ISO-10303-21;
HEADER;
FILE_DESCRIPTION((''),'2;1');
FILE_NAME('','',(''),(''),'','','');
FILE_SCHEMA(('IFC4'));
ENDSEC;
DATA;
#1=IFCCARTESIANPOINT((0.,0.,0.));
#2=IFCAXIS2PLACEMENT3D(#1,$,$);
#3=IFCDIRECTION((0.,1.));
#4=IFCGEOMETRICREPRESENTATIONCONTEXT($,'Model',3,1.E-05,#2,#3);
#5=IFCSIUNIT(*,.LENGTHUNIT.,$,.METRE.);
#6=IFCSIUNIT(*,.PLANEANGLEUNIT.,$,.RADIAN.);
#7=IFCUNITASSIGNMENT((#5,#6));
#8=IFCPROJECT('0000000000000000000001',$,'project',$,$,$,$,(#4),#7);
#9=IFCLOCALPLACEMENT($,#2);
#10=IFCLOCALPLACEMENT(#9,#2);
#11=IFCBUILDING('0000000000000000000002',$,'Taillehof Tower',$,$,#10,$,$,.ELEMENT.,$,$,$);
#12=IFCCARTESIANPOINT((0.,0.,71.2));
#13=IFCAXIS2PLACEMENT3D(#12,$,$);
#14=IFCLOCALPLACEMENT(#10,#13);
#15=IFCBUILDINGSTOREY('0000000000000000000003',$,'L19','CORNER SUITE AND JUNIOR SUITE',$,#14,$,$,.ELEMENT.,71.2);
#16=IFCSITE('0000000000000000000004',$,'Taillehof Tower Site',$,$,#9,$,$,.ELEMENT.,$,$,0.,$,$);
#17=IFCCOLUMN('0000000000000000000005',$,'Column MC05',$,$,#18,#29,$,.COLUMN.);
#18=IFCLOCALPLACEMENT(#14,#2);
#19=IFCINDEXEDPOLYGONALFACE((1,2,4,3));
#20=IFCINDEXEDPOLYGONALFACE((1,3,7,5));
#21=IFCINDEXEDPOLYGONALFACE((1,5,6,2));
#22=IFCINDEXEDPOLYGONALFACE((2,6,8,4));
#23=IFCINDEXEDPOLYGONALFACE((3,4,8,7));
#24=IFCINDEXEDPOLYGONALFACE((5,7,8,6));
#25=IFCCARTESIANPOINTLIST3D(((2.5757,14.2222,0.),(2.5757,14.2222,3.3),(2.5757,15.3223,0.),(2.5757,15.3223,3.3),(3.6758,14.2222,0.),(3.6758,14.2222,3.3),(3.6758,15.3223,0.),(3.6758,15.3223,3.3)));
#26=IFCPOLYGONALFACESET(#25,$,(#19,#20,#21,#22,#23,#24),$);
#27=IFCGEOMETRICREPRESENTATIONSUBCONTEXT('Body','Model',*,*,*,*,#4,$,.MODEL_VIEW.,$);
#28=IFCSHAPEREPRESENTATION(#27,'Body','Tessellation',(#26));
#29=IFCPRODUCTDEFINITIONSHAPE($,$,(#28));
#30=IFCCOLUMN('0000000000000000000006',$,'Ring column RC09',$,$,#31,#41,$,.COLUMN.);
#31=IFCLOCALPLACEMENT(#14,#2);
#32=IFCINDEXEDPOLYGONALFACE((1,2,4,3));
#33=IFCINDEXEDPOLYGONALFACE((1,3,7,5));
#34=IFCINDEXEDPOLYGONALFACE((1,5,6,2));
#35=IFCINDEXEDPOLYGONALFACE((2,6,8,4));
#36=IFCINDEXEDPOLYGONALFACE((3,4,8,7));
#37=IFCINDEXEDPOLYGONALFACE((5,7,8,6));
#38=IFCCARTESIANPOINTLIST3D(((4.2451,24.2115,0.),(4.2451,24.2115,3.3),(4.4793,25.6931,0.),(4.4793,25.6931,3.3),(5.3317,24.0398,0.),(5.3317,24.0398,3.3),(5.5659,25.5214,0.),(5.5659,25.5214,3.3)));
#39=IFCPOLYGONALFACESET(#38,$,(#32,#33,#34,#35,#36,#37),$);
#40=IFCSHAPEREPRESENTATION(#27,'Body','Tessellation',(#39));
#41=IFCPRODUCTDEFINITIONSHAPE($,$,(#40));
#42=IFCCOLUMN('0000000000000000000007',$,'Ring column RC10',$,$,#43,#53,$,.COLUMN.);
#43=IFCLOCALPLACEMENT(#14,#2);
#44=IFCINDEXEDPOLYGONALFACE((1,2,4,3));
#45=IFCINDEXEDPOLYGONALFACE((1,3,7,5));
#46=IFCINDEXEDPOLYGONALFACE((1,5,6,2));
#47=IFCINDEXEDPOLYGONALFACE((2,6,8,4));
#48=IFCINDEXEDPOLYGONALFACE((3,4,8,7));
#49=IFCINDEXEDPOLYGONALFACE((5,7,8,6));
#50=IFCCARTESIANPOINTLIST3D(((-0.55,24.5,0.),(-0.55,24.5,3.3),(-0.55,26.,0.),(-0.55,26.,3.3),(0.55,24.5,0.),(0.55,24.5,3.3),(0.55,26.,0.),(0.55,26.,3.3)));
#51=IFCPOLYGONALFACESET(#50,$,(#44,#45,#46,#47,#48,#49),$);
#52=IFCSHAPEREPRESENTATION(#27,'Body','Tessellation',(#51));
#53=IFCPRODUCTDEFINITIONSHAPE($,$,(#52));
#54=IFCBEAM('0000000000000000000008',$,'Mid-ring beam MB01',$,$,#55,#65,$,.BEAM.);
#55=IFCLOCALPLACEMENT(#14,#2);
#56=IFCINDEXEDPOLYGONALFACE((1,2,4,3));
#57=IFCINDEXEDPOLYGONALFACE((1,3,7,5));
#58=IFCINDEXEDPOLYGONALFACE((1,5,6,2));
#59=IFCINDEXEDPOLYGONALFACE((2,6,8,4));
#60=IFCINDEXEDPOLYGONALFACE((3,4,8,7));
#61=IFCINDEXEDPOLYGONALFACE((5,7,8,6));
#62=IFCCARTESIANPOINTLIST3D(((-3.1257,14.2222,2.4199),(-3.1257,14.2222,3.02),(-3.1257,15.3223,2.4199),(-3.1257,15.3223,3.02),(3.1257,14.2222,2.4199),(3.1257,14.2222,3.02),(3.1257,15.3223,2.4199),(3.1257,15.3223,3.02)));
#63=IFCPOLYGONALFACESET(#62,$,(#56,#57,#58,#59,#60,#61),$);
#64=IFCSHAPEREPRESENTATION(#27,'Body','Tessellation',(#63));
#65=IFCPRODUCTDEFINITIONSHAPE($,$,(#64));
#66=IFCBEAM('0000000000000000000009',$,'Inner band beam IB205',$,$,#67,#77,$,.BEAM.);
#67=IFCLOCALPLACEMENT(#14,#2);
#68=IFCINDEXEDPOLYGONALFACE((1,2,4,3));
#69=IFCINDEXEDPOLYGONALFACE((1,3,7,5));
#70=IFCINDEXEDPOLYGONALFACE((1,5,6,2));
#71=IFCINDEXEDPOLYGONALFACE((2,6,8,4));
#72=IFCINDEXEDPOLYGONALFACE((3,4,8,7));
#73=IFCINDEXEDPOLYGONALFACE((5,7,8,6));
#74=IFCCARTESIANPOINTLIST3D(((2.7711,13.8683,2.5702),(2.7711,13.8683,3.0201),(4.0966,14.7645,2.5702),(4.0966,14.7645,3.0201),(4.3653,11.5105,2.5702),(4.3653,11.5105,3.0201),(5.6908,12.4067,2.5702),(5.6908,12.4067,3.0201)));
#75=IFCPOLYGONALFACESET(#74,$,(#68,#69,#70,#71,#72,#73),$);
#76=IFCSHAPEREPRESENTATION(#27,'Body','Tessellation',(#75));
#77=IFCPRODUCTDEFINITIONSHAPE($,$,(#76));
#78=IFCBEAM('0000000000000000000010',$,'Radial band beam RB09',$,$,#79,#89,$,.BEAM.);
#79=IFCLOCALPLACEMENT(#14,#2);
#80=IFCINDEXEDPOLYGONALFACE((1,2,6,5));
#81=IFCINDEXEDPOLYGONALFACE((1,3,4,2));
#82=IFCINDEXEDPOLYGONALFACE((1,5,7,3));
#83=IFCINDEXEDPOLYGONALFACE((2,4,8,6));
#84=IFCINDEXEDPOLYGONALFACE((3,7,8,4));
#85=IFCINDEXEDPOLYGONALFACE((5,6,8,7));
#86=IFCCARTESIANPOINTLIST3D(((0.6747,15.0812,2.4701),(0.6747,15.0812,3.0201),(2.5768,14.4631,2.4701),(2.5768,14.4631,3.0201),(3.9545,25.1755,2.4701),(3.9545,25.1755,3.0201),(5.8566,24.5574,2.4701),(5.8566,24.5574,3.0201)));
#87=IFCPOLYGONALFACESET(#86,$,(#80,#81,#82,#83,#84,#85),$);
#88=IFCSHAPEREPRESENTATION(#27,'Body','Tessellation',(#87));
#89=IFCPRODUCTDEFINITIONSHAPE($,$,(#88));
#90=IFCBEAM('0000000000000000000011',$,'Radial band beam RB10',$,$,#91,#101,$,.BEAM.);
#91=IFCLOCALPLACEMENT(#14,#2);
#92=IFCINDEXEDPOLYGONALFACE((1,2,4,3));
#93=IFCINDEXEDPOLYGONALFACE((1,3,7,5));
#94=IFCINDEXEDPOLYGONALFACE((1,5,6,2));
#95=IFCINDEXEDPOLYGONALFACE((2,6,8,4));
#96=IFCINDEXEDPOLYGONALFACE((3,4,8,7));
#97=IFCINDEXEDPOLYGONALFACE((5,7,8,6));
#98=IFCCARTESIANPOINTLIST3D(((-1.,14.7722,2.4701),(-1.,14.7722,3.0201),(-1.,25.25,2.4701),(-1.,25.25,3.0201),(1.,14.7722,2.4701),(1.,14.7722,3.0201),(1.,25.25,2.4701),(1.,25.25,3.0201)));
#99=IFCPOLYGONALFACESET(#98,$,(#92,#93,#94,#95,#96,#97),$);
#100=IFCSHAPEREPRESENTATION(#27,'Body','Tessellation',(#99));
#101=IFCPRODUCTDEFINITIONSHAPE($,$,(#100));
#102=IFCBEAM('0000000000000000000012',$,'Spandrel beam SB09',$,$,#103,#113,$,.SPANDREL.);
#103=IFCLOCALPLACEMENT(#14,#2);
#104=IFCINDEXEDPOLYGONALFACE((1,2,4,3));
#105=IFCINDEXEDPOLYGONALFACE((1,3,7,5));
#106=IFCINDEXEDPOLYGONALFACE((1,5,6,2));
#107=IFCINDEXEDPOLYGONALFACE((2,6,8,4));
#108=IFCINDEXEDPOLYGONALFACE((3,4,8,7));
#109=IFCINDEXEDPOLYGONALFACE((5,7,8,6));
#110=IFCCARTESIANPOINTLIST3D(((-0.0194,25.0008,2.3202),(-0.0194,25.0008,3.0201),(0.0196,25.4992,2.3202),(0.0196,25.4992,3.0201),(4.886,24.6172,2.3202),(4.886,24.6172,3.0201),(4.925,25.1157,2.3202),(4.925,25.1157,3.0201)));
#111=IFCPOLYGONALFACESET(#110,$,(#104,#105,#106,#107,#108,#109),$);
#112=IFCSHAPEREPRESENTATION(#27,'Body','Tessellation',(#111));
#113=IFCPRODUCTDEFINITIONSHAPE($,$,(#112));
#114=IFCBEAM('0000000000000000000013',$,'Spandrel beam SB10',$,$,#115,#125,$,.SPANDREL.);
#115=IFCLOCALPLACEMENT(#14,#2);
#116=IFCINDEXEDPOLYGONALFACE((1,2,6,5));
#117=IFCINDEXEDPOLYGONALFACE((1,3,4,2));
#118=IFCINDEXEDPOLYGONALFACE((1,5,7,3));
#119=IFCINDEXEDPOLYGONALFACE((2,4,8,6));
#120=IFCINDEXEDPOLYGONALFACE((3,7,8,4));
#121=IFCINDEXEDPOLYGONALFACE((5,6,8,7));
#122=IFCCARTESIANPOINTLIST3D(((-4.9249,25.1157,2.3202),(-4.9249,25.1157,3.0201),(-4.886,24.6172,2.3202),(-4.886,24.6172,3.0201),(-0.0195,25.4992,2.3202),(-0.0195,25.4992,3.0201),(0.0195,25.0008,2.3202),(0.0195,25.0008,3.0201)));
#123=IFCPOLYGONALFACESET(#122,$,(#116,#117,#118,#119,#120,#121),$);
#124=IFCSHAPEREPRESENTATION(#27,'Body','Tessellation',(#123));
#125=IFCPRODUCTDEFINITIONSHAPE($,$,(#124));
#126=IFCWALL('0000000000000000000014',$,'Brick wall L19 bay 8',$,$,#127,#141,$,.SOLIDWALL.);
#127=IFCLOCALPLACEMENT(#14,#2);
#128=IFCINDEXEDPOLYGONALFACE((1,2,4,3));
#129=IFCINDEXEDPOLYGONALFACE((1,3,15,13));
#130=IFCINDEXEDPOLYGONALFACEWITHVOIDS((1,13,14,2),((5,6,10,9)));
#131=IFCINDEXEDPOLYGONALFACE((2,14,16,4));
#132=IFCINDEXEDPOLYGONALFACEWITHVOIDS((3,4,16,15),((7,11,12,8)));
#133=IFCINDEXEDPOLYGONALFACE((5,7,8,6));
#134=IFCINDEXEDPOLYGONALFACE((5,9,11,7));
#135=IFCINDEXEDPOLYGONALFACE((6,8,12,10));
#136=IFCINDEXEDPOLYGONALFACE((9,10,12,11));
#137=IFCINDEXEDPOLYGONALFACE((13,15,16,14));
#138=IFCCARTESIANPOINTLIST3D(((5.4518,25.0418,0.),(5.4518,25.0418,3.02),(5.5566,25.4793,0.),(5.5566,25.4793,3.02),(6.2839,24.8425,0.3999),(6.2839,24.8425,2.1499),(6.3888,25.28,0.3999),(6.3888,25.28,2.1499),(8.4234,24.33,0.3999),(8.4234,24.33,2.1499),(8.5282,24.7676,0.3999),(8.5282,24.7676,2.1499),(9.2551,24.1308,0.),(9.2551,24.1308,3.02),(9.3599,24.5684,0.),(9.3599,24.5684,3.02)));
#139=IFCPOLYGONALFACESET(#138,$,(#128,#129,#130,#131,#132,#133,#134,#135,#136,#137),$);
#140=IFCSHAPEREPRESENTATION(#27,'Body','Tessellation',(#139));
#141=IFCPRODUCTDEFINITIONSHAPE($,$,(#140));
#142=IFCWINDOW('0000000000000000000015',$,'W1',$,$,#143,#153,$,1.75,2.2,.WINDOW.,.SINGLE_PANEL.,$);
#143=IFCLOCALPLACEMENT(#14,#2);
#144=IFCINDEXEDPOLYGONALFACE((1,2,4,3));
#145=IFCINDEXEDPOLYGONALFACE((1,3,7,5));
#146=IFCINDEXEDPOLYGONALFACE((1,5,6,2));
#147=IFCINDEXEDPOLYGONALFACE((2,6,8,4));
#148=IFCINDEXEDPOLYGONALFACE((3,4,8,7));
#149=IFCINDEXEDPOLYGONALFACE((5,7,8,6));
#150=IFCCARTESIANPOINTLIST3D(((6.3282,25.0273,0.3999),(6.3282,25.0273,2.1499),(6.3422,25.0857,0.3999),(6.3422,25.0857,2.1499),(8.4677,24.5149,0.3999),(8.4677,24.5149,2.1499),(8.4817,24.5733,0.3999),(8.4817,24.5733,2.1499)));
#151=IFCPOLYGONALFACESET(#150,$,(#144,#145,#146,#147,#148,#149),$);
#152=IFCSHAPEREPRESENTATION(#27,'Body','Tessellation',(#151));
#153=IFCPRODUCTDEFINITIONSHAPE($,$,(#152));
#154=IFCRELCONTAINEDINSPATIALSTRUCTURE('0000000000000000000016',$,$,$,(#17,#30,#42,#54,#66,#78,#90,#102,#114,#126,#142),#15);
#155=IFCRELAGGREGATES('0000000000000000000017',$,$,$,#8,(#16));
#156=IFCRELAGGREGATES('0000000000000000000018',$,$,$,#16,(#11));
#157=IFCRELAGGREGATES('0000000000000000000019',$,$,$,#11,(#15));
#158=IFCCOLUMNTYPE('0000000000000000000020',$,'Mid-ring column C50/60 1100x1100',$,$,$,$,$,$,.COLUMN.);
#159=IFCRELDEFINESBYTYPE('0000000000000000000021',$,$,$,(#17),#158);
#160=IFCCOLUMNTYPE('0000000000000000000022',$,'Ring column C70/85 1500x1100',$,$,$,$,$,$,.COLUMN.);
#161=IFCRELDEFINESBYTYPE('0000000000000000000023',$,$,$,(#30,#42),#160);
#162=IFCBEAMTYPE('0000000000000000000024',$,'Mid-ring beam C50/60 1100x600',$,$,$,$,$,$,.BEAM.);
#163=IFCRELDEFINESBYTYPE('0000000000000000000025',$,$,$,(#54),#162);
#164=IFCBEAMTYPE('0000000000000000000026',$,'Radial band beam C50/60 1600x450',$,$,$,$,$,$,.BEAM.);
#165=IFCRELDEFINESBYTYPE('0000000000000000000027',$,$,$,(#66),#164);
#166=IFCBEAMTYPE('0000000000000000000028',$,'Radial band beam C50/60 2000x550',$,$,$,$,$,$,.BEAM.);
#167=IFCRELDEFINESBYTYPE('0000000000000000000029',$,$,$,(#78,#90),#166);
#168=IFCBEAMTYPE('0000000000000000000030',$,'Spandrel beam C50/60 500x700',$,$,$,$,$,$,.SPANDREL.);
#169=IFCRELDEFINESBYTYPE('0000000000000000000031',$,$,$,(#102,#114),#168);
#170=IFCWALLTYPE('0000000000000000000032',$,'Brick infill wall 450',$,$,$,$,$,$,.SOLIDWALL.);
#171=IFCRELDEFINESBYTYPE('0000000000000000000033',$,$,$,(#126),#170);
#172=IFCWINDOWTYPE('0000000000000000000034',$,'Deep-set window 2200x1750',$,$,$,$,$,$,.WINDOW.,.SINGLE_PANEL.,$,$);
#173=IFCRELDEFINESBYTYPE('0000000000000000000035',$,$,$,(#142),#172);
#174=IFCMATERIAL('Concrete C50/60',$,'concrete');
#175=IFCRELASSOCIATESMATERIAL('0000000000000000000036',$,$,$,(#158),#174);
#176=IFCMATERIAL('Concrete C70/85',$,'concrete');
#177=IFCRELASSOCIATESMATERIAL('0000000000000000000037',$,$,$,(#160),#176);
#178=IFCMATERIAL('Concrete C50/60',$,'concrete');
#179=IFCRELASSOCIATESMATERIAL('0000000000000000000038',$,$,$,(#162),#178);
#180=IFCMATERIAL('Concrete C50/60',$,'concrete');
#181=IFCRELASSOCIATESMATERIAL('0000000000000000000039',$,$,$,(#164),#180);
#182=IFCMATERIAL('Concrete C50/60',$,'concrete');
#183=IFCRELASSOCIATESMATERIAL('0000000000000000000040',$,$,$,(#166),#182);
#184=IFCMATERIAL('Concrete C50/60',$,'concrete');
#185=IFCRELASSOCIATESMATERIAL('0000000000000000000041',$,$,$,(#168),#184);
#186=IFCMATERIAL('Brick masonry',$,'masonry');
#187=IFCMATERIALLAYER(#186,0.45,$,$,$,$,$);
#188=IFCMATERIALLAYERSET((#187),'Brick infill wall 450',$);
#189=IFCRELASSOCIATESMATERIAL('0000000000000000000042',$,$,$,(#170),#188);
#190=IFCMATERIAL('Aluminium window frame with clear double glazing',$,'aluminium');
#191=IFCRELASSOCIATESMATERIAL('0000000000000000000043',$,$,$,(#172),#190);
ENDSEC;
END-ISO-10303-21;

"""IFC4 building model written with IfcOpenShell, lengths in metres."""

from ifc_helpers import new_model, si_unit, direction, frame, frame_2d, origin, origin_2d, place, context, subcontext, project, spatial, rectangle, extrude, material, layer, layer_set, material_profile, profile_set, type_object, element, fill, save


model = new_model("IFC4")

# Units and contexts
model_context = context("Model", 3, precision=1e-05, world=origin(), true_north=direction((0.0, 1.0)))
body_context = subcontext(model_context, "Body", "Model", "MODEL_VIEW")
ifc_project = project(units=[si_unit("LENGTHUNIT", "METRE"), si_unit("PLANEANGLEUNIT", "RADIAN")], contexts=[model_context])

# Site, building, storey
site_placement = place(None, origin())
site = spatial("IfcSite", under=ifc_project, at=site_placement, Name="Taillehof Tower Site", CompositionType="ELEMENT", RefElevation=0.0)
building_placement = place(site_placement, origin())
building = spatial("IfcBuilding", under=site, at=building_placement, Name="Taillehof Tower", CompositionType="ELEMENT")
storey_placement = place(building_placement, frame((0.0, 0.0, 71.2)))
storey = spatial("IfcBuildingStorey", under=building, at=storey_placement, Name="L19", Description="CORNER SUITE AND JUNIOR SUITE", CompositionType="ELEMENT", Elevation=71.2)

# Columns
ifc_material_1 = material(Name="Concrete C50/60", Category="concrete")
ifc_material_profile_1 = material_profile(ifc_material_1, rectangle(XDim=1.1001, YDim=1.1001, at=origin_2d()), Name="RC 1100x1100")
ifc_profile_set_1 = profile_set([ifc_material_profile_1], Name="Concrete C50/60")
column_type_1 = type_object("IfcColumnType", Name="Mid-ring column C50/60 1100x1100", PredefinedType="COLUMN", material=ifc_profile_set_1)
column_placement = place(storey_placement, frame((3.1257, 14.7722, 0.0), z_axis=(0.0, 0.0, 1.0), x_axis=(1.0, 0.0, 0.0)))
element("IfcColumn", 1, at=column_placement, inside=storey, type_object=column_type_1, Name="Column MC05", PredefinedType="COLUMN", context=body_context, shape_type="SweptSolid", body=[
    extrude(rectangle(XDim=1.1001, YDim=1.1001, at=origin_2d()), origin(), (0.0, 0.0, 1.0), 3.3),
])
ifc_material_2 = material(Name="Concrete C70/85", Category="concrete")
ifc_material_profile_2 = material_profile(ifc_material_2, rectangle(XDim=1.5, YDim=1.1001, at=origin_2d()), Name="RC 1500x1100")
ifc_profile_set_2 = profile_set([ifc_material_profile_2], Name="Concrete C70/85")
column_type_2 = type_object("IfcColumnType", Name="Ring column C70/85 1500x1100", PredefinedType="COLUMN", material=ifc_profile_set_2)
for number, where, z_axis, x_axis, name in (
    (2, (4.9055, 24.8665, 0.0), (0.0, 0.0, 1.0), (0.156147, 0.987734, 0.0), "Ring column RC09"),
    (3, (0.0, 25.25, 0.0), (0.0, 0.0, 1.0), (0.0, 1.0, 0.0), "Ring column RC10"),
):
    element("IfcColumn", number, at=place(storey_placement, frame(where, z_axis=z_axis, x_axis=x_axis)), inside=storey, type_object=column_type_2, Name=name, PredefinedType="COLUMN", context=body_context, shape_type="SweptSolid", body=[
        extrude(rectangle(XDim=1.5, YDim=1.1001, at=origin_2d()), origin(), (0.0, 0.0, 1.0), 3.3),
    ])

# Beams
ifc_material_3 = material(Name="Concrete C50/60", Category="concrete")
ifc_material_profile_3 = material_profile(ifc_material_3, rectangle(XDim=1.1001, YDim=0.6001, at=origin_2d()), Name="RC 1100x600")
ifc_profile_set_3 = profile_set([ifc_material_profile_3], Name="Concrete C50/60")
beam_type_1 = type_object("IfcBeamType", Name="Mid-ring beam C50/60 1100x600", PredefinedType="BEAM", material=ifc_profile_set_3)
beam_1_placement = place(storey_placement, frame((3.1257, 14.7722, 2.72), z_axis=(-1.0, 0.0, 0.0), x_axis=(0.0, -1.0, 0.0)))
element("IfcBeam", 4, at=beam_1_placement, inside=storey, type_object=beam_type_1, Name="Mid-ring beam MB01", PredefinedType="BEAM", context=body_context, shape_type="SweptSolid", body=[
    extrude(rectangle(XDim=1.1001, YDim=0.6001, at=origin_2d()), origin(), (0.0, 0.0, 1.0), 6.2515),
])
ifc_material_4 = material(Name="Concrete C50/60", Category="concrete")
ifc_material_profile_4 = material_profile(ifc_material_4, rectangle(XDim=1.6001, YDim=0.45, at=origin_2d()), Name="RC 1600x450")
ifc_profile_set_4 = profile_set([ifc_material_profile_4], Name="Concrete C50/60")
beam_type_2 = type_object("IfcBeamType", Name="Radial band beam C50/60 1600x450", PredefinedType="BEAM", material=ifc_profile_set_4)
beam_2_placement = place(storey_placement, frame((3.4338, 14.3164, 2.7952), z_axis=(0.560112, -0.828417, 0.0), x_axis=(0.828417, 0.560112, 0.0)))
element("IfcBeam", 5, at=beam_2_placement, inside=storey, type_object=beam_type_2, Name="Inner band beam IB205", PredefinedType="BEAM", context=body_context, shape_type="SweptSolid", body=[
    extrude(rectangle(XDim=1.6001, YDim=0.45, at=origin_2d()), origin(), (0.0, 0.0, 1.0), 2.8462),
])
ifc_material_5 = material(Name="Concrete C50/60", Category="concrete")
ifc_material_profile_5 = material_profile(ifc_material_5, rectangle(XDim=2.0, YDim=0.55, at=origin_2d()), Name="RC 2000x550")
ifc_profile_set_5 = profile_set([ifc_material_profile_5], Name="Concrete C50/60")
beam_type_3 = type_object("IfcBeamType", Name="Radial band beam C50/60 2000x550", PredefinedType="BEAM", material=ifc_profile_set_5)
beam_3_placement = place(storey_placement, frame((4.9055, 24.8665, 2.7451), z_axis=(-0.309014, -0.951057, 0.0), x_axis=(0.951057, -0.309014, 0.0)))
element("IfcBeam", 6, at=beam_3_placement, inside=storey, type_object=beam_type_3, Name="Radial band beam RB09", PredefinedType="BEAM", context=body_context, shape_type="SweptSolid", body=[
    extrude(rectangle(XDim=2.0, YDim=0.55, at=origin_2d()), origin(), (0.0, 0.0, 1.0), 10.6138),
])
beam_4_placement = place(storey_placement, frame((0.0, 25.25, 2.7451), z_axis=(0.0, -1.0, 0.0), x_axis=(1.0, 0.0, 0.0)))
element("IfcBeam", 7, at=beam_4_placement, inside=storey, type_object=beam_type_3, Name="Radial band beam RB10", PredefinedType="BEAM", context=body_context, shape_type="SweptSolid", body=[
    extrude(rectangle(XDim=2.0, YDim=0.55, at=origin_2d()), origin(), (0.0, 0.0, 1.0), 10.4778),
])
ifc_material_6 = material(Name="Concrete C50/60", Category="concrete")
ifc_material_profile_6 = material_profile(ifc_material_6, rectangle(XDim=0.5, YDim=0.7, at=origin_2d()), Name="RC 500x700")
ifc_profile_set_6 = profile_set([ifc_material_profile_6], Name="Concrete C50/60")
beam_type_4 = type_object("IfcBeamType", Name="Spandrel beam C50/60 500x700", PredefinedType="SPANDREL", material=ifc_profile_set_6)
for number, where, z_axis, x_axis, name in (
    (8, (4.9055, 24.8665, 2.6702), (-0.996957, 0.077949, 0.0), (-0.077949, -0.996957, 0.0), "Spandrel beam SB09"),
    (9, (0.0, 25.25, 2.6702), (-0.996957, -0.077949, 0.0), (0.077949, -0.996957, 0.0), "Spandrel beam SB10"),
):
    element("IfcBeam", number, at=place(storey_placement, frame(where, z_axis=z_axis, x_axis=x_axis)), inside=storey, type_object=beam_type_4, Name=name, PredefinedType="SPANDREL", context=body_context, shape_type="SweptSolid", body=[
        extrude(rectangle(XDim=0.5, YDim=0.7, at=origin_2d()), origin(), (0.0, 0.0, 1.0), 4.9204),
    ])

# Wall, opening, window
ifc_material_7 = material(Name="Brick masonry", Category="masonry")
ifc_layer_1 = layer(ifc_material_7, 0.45)
ifc_layer_set_1 = layer_set([ifc_layer_1], Name="Brick infill wall 450")
wall_type_1 = type_object("IfcWallType", Name="Brick infill wall 450", PredefinedType="SOLIDWALL", material=ifc_layer_set_1)
wall_1_placement = place(storey_placement, frame((9.3076, 24.3496, 0.0), z_axis=(0.0, 0.0, 1.0), x_axis=(-0.972497, 0.232917, 0.0)))
wall_1 = element("IfcWall", 10, at=wall_1_placement, inside=storey, type_object=wall_type_1, Name="Brick wall L19 bay 8", PredefinedType="SOLIDWALL", context=body_context, shape_type="SweptSolid", body=[
    extrude(rectangle(XDim=3.9109, YDim=0.45, at=frame_2d((1.9556, 0.0))), origin(), (0.0, 0.0, 1.0), 3.02),
])
opening_1_placement = place(wall_1_placement, frame((0.8552, 0.0, 0.3999)))
opening_1 = element("IfcOpeningElement", 11, at=opening_1_placement, cuts=wall_1, PredefinedType="OPENING", context=body_context, shape_type="SweptSolid", body=[
    extrude(rectangle(XDim=2.2, YDim=1.75, at=frame_2d((1.1001, 0.875))), frame((0.0, 0.2349, 0.0), z_axis=(0.0, -1.0, 0.0), x_axis=(1.0, 0.0, 0.0)), (0.0, 0.0, 1.0), 0.47),
])
ifc_material_8 = material(Name="Aluminium window frame with clear double glazing", Category="aluminium")
window_type = type_object("IfcWindowType", Name="Deep-set window 2200x1750", PartitioningType="SINGLE_PANEL", PredefinedType="WINDOW", material=ifc_material_8)
window_1_placement = place(opening_1_placement, origin())
window_1 = element("IfcWindow", 12, at=window_1_placement, inside=storey, type_object=window_type, Name="W1", OverallHeight=1.75, OverallWidth=2.2, PartitioningType="SINGLE_PANEL", PredefinedType="WINDOW", context=body_context, shape_type="SweptSolid", body=[
    extrude(rectangle(XDim=2.2, YDim=1.75, at=frame_2d((1.1001, 0.875))), frame((0.0, 0.0349, 0.0), z_axis=(0.0, -1.0, 0.0), x_axis=(1.0, 0.0, 0.0)), (0.0, 0.0, 1.0), 0.0601),
])
fill(opening_1, window_1)

save(model, "model.ifc")
